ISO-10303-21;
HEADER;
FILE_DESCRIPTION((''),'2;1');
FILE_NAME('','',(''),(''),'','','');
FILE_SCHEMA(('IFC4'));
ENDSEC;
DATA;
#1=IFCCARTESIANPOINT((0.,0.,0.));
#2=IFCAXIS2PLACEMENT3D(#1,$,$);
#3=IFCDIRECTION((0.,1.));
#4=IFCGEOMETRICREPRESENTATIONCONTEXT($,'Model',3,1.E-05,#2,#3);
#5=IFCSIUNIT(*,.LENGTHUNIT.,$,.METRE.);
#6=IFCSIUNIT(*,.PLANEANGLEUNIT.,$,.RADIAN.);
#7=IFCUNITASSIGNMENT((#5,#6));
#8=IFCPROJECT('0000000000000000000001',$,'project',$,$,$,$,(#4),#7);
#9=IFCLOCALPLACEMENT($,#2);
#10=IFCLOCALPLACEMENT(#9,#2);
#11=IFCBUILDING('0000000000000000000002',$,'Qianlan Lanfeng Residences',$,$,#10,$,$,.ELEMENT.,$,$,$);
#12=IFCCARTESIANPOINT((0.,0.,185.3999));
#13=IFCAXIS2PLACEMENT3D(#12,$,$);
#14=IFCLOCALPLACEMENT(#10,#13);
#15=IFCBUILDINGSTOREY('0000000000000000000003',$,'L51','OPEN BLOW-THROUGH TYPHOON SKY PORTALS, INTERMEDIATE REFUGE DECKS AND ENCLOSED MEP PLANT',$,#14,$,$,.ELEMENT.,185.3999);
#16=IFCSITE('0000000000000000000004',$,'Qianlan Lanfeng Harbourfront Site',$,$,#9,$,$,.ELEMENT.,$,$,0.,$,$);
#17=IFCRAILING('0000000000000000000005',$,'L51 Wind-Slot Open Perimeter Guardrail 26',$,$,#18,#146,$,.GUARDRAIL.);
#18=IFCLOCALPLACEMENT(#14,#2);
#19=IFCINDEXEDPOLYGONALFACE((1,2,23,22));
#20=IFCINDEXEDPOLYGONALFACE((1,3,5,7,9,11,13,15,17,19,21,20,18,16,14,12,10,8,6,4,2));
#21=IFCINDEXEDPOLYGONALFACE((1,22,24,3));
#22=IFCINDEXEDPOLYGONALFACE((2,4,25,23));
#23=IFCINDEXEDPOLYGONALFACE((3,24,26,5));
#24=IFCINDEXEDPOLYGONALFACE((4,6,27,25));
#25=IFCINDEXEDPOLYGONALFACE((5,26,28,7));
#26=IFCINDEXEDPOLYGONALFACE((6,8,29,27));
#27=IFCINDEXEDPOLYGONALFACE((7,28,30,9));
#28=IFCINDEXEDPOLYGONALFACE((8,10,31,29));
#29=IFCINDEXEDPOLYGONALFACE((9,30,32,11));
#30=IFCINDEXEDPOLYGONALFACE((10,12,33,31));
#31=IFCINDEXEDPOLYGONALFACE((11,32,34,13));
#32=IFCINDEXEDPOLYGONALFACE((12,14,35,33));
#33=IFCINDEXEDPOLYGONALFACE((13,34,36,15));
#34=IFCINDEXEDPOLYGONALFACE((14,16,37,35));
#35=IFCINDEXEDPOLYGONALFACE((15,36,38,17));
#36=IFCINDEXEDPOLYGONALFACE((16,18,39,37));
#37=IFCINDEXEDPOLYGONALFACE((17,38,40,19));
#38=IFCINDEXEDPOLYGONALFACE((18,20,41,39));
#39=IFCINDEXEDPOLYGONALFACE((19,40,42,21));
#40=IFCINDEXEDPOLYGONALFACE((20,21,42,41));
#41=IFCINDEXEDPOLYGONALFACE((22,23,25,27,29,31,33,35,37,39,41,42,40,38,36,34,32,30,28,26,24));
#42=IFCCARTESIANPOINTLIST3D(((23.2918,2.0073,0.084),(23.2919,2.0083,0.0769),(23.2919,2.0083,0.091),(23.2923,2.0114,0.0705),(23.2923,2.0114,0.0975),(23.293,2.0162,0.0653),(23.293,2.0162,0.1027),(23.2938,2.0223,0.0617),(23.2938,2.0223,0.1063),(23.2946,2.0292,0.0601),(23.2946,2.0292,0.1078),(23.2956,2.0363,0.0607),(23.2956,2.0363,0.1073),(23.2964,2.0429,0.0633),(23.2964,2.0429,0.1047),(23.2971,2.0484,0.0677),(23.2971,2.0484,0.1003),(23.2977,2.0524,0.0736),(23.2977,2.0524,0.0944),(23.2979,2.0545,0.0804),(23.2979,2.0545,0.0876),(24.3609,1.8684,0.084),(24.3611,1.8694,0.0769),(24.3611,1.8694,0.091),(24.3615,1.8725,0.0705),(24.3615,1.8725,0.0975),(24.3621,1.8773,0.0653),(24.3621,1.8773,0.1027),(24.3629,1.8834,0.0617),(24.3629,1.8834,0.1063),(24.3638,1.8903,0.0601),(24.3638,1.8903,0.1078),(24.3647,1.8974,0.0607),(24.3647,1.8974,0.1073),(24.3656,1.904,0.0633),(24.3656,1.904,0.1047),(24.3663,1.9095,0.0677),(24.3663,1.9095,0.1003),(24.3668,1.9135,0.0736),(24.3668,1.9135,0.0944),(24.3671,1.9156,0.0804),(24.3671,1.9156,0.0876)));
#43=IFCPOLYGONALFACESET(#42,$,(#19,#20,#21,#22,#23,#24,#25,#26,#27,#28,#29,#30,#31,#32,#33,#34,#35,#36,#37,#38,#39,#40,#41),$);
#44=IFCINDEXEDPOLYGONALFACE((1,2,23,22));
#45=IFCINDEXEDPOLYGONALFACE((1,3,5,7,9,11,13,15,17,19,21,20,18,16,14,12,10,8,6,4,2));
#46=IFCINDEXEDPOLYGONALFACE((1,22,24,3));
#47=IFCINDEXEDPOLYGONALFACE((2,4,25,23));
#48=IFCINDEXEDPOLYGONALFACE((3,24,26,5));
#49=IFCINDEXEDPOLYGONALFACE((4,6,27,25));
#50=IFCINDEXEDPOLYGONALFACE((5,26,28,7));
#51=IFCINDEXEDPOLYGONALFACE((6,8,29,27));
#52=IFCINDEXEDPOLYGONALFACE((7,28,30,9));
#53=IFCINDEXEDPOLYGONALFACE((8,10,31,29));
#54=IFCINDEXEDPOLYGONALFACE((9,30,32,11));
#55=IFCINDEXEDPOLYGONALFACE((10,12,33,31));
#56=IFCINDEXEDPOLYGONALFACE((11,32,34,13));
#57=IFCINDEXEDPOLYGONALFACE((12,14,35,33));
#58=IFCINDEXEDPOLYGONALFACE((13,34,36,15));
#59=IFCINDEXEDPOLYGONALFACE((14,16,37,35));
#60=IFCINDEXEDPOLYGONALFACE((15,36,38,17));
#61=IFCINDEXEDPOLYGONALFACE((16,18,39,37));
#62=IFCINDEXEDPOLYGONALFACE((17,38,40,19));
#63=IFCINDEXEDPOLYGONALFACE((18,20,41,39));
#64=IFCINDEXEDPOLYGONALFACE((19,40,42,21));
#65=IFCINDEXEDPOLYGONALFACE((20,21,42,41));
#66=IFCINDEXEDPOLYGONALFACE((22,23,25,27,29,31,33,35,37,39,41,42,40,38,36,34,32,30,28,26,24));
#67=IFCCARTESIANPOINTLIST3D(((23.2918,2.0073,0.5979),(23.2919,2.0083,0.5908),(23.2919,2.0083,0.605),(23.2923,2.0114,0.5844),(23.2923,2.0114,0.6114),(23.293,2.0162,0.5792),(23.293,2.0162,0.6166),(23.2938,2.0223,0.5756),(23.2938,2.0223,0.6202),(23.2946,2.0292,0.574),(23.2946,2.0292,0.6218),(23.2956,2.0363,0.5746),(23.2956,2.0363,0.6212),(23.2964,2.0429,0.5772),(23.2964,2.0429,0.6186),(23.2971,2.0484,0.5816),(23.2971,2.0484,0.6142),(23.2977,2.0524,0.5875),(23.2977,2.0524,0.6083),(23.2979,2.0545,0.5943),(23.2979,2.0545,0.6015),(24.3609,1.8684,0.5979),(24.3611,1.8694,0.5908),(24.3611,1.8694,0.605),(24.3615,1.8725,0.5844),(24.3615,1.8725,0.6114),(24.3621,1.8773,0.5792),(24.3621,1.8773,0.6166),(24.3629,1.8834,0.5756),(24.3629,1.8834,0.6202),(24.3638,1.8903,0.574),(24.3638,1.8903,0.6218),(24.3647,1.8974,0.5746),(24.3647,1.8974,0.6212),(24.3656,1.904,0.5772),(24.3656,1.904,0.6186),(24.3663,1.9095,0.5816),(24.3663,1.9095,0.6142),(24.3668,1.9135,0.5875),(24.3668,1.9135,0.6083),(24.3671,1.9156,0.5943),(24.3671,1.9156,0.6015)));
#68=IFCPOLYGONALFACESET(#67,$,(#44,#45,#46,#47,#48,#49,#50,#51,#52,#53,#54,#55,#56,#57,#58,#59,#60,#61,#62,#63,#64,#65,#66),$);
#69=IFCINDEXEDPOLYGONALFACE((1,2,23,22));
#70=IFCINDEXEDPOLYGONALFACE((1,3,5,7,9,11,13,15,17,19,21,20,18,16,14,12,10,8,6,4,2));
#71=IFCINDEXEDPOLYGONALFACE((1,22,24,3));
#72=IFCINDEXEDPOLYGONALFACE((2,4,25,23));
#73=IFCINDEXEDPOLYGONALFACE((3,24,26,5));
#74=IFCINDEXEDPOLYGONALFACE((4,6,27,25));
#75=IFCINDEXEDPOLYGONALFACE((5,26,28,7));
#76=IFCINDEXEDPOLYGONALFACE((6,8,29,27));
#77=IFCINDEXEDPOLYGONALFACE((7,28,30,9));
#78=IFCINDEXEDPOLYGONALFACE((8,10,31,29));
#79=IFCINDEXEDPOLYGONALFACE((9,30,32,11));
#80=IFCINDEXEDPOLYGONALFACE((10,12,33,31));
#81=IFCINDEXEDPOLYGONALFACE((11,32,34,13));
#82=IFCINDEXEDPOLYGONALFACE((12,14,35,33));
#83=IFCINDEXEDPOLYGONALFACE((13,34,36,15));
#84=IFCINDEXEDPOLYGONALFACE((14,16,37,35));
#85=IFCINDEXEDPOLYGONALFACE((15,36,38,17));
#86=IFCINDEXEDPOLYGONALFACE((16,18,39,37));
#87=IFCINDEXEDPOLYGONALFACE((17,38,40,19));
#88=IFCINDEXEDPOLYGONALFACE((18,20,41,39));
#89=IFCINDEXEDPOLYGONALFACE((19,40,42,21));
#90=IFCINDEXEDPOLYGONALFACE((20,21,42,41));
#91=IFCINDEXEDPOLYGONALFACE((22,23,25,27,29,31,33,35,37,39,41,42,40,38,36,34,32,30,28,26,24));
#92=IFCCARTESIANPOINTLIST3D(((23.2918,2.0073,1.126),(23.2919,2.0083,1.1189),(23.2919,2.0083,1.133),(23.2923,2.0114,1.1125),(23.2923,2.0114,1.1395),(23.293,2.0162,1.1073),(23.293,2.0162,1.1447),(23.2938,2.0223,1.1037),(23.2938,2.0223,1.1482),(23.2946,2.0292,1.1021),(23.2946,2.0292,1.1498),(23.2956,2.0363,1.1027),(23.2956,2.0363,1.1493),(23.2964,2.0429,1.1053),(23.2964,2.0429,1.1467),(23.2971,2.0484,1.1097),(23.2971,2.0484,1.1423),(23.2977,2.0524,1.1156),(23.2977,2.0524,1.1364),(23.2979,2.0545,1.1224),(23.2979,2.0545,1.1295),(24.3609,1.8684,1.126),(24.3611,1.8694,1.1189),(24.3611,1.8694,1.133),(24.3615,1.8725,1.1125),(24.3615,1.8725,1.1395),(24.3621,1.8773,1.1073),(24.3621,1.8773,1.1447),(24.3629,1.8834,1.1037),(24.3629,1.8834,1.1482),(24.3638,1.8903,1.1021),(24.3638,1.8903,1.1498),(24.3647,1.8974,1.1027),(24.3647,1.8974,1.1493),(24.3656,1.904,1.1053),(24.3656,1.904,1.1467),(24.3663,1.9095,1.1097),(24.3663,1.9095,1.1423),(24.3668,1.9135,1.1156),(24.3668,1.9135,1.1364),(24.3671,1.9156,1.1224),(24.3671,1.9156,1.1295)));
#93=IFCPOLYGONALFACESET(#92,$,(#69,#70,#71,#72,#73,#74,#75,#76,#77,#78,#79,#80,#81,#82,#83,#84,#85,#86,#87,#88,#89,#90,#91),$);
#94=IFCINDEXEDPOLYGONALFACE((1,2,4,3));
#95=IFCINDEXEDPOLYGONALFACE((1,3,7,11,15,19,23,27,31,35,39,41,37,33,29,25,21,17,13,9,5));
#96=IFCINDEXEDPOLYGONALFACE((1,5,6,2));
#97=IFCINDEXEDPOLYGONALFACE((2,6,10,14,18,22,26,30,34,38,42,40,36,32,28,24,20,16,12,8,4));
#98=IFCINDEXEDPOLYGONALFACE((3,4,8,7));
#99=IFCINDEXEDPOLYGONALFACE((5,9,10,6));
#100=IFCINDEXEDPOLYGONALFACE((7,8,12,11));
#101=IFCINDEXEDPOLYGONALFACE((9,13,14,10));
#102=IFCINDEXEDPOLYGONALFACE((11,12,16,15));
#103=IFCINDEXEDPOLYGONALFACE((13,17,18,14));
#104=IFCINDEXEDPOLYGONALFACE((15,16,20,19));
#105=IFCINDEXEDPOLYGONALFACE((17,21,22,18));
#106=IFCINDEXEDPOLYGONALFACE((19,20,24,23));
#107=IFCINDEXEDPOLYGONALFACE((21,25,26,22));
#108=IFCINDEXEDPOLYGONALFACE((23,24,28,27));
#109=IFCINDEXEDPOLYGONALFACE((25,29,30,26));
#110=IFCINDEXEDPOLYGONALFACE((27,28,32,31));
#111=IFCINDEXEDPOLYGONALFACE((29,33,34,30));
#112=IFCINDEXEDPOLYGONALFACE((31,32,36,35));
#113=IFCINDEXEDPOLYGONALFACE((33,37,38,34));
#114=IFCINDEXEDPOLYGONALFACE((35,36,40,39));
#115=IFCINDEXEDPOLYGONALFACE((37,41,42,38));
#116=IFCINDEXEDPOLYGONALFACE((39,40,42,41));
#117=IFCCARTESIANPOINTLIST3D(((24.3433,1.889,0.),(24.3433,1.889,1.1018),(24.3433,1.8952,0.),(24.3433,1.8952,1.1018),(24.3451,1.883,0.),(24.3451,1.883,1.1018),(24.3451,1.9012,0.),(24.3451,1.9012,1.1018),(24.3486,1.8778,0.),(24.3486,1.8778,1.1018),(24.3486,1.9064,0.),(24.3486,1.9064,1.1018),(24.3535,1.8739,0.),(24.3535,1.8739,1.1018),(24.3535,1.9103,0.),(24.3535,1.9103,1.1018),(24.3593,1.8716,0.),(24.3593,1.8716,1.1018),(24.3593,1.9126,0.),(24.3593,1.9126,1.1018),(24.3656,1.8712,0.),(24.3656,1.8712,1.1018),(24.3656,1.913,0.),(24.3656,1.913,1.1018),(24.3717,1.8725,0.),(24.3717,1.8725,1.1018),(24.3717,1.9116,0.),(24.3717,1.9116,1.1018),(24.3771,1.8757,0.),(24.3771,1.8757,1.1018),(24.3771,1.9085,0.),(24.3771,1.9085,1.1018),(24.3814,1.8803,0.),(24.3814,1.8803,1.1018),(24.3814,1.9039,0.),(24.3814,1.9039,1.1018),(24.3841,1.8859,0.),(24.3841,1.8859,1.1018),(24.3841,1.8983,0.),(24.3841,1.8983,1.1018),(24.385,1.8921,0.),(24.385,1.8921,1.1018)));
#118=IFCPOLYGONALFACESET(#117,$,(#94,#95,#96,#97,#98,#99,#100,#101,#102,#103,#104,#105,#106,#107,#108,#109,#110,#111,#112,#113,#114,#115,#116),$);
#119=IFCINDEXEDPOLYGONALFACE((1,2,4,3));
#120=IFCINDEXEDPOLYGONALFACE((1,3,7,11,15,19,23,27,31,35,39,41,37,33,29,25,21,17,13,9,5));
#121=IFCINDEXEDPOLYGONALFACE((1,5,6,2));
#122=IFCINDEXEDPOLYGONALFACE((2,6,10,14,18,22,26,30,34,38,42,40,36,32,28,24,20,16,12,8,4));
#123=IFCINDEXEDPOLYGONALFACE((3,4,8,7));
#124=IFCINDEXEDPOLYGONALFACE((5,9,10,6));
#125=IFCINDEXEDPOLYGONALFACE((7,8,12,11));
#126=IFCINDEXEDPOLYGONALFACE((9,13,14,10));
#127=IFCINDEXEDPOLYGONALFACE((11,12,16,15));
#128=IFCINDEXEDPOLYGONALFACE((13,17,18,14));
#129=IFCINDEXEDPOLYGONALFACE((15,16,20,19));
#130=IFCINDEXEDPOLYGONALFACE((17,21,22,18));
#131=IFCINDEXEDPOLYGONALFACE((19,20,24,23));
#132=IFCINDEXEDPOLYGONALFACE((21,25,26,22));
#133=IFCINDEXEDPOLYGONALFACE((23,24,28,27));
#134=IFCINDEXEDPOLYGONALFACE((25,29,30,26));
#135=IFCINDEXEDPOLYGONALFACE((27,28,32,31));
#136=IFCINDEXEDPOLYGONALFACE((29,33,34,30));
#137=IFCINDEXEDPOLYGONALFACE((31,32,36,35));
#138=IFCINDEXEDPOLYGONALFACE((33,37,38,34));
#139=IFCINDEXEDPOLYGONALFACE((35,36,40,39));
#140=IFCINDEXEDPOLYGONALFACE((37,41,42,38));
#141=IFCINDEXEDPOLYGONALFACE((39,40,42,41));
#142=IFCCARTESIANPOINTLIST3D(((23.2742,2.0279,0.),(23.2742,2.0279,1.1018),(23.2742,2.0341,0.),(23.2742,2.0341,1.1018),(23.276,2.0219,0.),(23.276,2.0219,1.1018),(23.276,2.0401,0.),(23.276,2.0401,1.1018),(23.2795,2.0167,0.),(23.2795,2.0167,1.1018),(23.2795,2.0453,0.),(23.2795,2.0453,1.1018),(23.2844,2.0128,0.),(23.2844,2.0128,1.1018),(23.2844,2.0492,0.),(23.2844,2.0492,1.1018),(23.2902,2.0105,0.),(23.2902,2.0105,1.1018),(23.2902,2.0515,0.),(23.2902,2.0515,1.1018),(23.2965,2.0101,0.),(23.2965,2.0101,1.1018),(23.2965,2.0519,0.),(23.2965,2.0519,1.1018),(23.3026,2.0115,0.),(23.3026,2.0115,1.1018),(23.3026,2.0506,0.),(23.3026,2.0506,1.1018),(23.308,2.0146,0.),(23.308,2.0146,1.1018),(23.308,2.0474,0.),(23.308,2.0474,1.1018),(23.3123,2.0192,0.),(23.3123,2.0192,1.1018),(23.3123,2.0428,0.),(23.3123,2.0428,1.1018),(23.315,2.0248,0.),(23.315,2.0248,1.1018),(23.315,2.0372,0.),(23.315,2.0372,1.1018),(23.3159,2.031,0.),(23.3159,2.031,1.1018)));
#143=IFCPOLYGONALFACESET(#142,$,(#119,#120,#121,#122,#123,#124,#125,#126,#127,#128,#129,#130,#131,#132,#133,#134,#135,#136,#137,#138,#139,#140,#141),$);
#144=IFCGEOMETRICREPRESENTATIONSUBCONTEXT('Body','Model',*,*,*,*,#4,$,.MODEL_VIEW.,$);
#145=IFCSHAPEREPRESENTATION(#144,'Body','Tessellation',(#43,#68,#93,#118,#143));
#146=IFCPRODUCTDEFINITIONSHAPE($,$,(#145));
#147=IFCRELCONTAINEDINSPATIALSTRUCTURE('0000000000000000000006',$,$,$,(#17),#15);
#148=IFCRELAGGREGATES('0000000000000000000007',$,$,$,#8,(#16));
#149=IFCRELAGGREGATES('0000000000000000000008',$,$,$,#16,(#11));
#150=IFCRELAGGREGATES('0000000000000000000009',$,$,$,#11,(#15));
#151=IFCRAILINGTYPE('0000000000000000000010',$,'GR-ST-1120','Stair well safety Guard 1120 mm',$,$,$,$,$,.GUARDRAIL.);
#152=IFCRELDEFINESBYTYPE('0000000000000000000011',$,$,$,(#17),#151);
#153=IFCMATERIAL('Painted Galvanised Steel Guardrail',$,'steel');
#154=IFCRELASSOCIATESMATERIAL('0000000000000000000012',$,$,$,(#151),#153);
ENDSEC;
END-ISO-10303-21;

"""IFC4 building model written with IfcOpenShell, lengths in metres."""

from ifc_helpers import new_model, si_unit, direction, frame, origin, origin_2d, place, context, subcontext, project, spatial, circle, extrude, material, type_object, element, save


model = new_model("IFC4")

# Units and contexts
model_context = context("Model", 3, precision=1e-05, world=origin(), true_north=direction((0.0, 1.0)))
body_context = subcontext(model_context, "Body", "Model", "MODEL_VIEW")
ifc_project = project(units=[si_unit("LENGTHUNIT", "METRE"), si_unit("PLANEANGLEUNIT", "RADIAN")], contexts=[model_context])

# Site, building, storey
site_placement = place(None, origin())
site = spatial("IfcSite", under=ifc_project, at=site_placement, Name="Qianlan Lanfeng Harbourfront Site", CompositionType="ELEMENT", RefElevation=0.0)
building_placement = place(site_placement, origin())
building = spatial("IfcBuilding", under=site, at=building_placement, Name="Qianlan Lanfeng Residences", CompositionType="ELEMENT")
storey_placement = place(building_placement, frame((0.0, 0.0, 185.3999)))
storey = spatial("IfcBuildingStorey", under=building, at=storey_placement, Name="L51", Description="OPEN BLOW-THROUGH TYPHOON SKY PORTALS, INTERMEDIATE REFUGE DECKS AND ENCLOSED MEP PLANT", CompositionType="ELEMENT", Elevation=185.3999)

# Railing
ifc_material_1 = material(Name="Painted Galvanised Steel Guardrail", Category="steel")
railing_type = type_object("IfcRailingType", Name="GR-ST-1120", Description="Stair well safety Guard 1120 mm", PredefinedType="GUARDRAIL", material=ifc_material_1)
railing_1_placement = place(storey_placement, frame((24.364, 1.8921, 0.0)))
element("IfcRailing", 1, at=railing_1_placement, inside=storey, type_object=railing_type, Name="L51 Wind-Slot Open Perimeter Guardrail 26", PredefinedType="GUARDRAIL", context=body_context, shape_type="SweptSolid", body=[
    extrude(circle(Radius=0.0239, at=origin_2d()), frame((0.0, 0.0, 0.084), z_axis=(-0.991663, 0.128855, 0.0), x_axis=(-0.128855, -0.991663, 0.0)), (0.0, 0.0, 1.0), 1.0781),
    extrude(circle(Radius=0.0239, at=origin_2d()), frame((0.0, 0.0, 0.5979), z_axis=(-0.991663, 0.128855, 0.0), x_axis=(-0.128855, -0.991663, 0.0)), (0.0, 0.0, 1.0), 1.0781),
    extrude(circle(Radius=0.0239, at=origin_2d()), frame((0.0, 0.0, 1.126), z_axis=(-0.991663, 0.128855, 0.0), x_axis=(-0.128855, -0.991663, 0.0)), (0.0, 0.0, 1.0), 1.0781),
    extrude(circle(Radius=0.021, at=origin_2d()), origin(), (0.0, 0.0, 1.0), 1.1018),
    extrude(circle(Radius=0.021, at=origin_2d()), frame((-1.0691, 0.1389, 0.0)), (0.0, 0.0, 1.0), 1.1018),
])

save(model, "model.ifc")
